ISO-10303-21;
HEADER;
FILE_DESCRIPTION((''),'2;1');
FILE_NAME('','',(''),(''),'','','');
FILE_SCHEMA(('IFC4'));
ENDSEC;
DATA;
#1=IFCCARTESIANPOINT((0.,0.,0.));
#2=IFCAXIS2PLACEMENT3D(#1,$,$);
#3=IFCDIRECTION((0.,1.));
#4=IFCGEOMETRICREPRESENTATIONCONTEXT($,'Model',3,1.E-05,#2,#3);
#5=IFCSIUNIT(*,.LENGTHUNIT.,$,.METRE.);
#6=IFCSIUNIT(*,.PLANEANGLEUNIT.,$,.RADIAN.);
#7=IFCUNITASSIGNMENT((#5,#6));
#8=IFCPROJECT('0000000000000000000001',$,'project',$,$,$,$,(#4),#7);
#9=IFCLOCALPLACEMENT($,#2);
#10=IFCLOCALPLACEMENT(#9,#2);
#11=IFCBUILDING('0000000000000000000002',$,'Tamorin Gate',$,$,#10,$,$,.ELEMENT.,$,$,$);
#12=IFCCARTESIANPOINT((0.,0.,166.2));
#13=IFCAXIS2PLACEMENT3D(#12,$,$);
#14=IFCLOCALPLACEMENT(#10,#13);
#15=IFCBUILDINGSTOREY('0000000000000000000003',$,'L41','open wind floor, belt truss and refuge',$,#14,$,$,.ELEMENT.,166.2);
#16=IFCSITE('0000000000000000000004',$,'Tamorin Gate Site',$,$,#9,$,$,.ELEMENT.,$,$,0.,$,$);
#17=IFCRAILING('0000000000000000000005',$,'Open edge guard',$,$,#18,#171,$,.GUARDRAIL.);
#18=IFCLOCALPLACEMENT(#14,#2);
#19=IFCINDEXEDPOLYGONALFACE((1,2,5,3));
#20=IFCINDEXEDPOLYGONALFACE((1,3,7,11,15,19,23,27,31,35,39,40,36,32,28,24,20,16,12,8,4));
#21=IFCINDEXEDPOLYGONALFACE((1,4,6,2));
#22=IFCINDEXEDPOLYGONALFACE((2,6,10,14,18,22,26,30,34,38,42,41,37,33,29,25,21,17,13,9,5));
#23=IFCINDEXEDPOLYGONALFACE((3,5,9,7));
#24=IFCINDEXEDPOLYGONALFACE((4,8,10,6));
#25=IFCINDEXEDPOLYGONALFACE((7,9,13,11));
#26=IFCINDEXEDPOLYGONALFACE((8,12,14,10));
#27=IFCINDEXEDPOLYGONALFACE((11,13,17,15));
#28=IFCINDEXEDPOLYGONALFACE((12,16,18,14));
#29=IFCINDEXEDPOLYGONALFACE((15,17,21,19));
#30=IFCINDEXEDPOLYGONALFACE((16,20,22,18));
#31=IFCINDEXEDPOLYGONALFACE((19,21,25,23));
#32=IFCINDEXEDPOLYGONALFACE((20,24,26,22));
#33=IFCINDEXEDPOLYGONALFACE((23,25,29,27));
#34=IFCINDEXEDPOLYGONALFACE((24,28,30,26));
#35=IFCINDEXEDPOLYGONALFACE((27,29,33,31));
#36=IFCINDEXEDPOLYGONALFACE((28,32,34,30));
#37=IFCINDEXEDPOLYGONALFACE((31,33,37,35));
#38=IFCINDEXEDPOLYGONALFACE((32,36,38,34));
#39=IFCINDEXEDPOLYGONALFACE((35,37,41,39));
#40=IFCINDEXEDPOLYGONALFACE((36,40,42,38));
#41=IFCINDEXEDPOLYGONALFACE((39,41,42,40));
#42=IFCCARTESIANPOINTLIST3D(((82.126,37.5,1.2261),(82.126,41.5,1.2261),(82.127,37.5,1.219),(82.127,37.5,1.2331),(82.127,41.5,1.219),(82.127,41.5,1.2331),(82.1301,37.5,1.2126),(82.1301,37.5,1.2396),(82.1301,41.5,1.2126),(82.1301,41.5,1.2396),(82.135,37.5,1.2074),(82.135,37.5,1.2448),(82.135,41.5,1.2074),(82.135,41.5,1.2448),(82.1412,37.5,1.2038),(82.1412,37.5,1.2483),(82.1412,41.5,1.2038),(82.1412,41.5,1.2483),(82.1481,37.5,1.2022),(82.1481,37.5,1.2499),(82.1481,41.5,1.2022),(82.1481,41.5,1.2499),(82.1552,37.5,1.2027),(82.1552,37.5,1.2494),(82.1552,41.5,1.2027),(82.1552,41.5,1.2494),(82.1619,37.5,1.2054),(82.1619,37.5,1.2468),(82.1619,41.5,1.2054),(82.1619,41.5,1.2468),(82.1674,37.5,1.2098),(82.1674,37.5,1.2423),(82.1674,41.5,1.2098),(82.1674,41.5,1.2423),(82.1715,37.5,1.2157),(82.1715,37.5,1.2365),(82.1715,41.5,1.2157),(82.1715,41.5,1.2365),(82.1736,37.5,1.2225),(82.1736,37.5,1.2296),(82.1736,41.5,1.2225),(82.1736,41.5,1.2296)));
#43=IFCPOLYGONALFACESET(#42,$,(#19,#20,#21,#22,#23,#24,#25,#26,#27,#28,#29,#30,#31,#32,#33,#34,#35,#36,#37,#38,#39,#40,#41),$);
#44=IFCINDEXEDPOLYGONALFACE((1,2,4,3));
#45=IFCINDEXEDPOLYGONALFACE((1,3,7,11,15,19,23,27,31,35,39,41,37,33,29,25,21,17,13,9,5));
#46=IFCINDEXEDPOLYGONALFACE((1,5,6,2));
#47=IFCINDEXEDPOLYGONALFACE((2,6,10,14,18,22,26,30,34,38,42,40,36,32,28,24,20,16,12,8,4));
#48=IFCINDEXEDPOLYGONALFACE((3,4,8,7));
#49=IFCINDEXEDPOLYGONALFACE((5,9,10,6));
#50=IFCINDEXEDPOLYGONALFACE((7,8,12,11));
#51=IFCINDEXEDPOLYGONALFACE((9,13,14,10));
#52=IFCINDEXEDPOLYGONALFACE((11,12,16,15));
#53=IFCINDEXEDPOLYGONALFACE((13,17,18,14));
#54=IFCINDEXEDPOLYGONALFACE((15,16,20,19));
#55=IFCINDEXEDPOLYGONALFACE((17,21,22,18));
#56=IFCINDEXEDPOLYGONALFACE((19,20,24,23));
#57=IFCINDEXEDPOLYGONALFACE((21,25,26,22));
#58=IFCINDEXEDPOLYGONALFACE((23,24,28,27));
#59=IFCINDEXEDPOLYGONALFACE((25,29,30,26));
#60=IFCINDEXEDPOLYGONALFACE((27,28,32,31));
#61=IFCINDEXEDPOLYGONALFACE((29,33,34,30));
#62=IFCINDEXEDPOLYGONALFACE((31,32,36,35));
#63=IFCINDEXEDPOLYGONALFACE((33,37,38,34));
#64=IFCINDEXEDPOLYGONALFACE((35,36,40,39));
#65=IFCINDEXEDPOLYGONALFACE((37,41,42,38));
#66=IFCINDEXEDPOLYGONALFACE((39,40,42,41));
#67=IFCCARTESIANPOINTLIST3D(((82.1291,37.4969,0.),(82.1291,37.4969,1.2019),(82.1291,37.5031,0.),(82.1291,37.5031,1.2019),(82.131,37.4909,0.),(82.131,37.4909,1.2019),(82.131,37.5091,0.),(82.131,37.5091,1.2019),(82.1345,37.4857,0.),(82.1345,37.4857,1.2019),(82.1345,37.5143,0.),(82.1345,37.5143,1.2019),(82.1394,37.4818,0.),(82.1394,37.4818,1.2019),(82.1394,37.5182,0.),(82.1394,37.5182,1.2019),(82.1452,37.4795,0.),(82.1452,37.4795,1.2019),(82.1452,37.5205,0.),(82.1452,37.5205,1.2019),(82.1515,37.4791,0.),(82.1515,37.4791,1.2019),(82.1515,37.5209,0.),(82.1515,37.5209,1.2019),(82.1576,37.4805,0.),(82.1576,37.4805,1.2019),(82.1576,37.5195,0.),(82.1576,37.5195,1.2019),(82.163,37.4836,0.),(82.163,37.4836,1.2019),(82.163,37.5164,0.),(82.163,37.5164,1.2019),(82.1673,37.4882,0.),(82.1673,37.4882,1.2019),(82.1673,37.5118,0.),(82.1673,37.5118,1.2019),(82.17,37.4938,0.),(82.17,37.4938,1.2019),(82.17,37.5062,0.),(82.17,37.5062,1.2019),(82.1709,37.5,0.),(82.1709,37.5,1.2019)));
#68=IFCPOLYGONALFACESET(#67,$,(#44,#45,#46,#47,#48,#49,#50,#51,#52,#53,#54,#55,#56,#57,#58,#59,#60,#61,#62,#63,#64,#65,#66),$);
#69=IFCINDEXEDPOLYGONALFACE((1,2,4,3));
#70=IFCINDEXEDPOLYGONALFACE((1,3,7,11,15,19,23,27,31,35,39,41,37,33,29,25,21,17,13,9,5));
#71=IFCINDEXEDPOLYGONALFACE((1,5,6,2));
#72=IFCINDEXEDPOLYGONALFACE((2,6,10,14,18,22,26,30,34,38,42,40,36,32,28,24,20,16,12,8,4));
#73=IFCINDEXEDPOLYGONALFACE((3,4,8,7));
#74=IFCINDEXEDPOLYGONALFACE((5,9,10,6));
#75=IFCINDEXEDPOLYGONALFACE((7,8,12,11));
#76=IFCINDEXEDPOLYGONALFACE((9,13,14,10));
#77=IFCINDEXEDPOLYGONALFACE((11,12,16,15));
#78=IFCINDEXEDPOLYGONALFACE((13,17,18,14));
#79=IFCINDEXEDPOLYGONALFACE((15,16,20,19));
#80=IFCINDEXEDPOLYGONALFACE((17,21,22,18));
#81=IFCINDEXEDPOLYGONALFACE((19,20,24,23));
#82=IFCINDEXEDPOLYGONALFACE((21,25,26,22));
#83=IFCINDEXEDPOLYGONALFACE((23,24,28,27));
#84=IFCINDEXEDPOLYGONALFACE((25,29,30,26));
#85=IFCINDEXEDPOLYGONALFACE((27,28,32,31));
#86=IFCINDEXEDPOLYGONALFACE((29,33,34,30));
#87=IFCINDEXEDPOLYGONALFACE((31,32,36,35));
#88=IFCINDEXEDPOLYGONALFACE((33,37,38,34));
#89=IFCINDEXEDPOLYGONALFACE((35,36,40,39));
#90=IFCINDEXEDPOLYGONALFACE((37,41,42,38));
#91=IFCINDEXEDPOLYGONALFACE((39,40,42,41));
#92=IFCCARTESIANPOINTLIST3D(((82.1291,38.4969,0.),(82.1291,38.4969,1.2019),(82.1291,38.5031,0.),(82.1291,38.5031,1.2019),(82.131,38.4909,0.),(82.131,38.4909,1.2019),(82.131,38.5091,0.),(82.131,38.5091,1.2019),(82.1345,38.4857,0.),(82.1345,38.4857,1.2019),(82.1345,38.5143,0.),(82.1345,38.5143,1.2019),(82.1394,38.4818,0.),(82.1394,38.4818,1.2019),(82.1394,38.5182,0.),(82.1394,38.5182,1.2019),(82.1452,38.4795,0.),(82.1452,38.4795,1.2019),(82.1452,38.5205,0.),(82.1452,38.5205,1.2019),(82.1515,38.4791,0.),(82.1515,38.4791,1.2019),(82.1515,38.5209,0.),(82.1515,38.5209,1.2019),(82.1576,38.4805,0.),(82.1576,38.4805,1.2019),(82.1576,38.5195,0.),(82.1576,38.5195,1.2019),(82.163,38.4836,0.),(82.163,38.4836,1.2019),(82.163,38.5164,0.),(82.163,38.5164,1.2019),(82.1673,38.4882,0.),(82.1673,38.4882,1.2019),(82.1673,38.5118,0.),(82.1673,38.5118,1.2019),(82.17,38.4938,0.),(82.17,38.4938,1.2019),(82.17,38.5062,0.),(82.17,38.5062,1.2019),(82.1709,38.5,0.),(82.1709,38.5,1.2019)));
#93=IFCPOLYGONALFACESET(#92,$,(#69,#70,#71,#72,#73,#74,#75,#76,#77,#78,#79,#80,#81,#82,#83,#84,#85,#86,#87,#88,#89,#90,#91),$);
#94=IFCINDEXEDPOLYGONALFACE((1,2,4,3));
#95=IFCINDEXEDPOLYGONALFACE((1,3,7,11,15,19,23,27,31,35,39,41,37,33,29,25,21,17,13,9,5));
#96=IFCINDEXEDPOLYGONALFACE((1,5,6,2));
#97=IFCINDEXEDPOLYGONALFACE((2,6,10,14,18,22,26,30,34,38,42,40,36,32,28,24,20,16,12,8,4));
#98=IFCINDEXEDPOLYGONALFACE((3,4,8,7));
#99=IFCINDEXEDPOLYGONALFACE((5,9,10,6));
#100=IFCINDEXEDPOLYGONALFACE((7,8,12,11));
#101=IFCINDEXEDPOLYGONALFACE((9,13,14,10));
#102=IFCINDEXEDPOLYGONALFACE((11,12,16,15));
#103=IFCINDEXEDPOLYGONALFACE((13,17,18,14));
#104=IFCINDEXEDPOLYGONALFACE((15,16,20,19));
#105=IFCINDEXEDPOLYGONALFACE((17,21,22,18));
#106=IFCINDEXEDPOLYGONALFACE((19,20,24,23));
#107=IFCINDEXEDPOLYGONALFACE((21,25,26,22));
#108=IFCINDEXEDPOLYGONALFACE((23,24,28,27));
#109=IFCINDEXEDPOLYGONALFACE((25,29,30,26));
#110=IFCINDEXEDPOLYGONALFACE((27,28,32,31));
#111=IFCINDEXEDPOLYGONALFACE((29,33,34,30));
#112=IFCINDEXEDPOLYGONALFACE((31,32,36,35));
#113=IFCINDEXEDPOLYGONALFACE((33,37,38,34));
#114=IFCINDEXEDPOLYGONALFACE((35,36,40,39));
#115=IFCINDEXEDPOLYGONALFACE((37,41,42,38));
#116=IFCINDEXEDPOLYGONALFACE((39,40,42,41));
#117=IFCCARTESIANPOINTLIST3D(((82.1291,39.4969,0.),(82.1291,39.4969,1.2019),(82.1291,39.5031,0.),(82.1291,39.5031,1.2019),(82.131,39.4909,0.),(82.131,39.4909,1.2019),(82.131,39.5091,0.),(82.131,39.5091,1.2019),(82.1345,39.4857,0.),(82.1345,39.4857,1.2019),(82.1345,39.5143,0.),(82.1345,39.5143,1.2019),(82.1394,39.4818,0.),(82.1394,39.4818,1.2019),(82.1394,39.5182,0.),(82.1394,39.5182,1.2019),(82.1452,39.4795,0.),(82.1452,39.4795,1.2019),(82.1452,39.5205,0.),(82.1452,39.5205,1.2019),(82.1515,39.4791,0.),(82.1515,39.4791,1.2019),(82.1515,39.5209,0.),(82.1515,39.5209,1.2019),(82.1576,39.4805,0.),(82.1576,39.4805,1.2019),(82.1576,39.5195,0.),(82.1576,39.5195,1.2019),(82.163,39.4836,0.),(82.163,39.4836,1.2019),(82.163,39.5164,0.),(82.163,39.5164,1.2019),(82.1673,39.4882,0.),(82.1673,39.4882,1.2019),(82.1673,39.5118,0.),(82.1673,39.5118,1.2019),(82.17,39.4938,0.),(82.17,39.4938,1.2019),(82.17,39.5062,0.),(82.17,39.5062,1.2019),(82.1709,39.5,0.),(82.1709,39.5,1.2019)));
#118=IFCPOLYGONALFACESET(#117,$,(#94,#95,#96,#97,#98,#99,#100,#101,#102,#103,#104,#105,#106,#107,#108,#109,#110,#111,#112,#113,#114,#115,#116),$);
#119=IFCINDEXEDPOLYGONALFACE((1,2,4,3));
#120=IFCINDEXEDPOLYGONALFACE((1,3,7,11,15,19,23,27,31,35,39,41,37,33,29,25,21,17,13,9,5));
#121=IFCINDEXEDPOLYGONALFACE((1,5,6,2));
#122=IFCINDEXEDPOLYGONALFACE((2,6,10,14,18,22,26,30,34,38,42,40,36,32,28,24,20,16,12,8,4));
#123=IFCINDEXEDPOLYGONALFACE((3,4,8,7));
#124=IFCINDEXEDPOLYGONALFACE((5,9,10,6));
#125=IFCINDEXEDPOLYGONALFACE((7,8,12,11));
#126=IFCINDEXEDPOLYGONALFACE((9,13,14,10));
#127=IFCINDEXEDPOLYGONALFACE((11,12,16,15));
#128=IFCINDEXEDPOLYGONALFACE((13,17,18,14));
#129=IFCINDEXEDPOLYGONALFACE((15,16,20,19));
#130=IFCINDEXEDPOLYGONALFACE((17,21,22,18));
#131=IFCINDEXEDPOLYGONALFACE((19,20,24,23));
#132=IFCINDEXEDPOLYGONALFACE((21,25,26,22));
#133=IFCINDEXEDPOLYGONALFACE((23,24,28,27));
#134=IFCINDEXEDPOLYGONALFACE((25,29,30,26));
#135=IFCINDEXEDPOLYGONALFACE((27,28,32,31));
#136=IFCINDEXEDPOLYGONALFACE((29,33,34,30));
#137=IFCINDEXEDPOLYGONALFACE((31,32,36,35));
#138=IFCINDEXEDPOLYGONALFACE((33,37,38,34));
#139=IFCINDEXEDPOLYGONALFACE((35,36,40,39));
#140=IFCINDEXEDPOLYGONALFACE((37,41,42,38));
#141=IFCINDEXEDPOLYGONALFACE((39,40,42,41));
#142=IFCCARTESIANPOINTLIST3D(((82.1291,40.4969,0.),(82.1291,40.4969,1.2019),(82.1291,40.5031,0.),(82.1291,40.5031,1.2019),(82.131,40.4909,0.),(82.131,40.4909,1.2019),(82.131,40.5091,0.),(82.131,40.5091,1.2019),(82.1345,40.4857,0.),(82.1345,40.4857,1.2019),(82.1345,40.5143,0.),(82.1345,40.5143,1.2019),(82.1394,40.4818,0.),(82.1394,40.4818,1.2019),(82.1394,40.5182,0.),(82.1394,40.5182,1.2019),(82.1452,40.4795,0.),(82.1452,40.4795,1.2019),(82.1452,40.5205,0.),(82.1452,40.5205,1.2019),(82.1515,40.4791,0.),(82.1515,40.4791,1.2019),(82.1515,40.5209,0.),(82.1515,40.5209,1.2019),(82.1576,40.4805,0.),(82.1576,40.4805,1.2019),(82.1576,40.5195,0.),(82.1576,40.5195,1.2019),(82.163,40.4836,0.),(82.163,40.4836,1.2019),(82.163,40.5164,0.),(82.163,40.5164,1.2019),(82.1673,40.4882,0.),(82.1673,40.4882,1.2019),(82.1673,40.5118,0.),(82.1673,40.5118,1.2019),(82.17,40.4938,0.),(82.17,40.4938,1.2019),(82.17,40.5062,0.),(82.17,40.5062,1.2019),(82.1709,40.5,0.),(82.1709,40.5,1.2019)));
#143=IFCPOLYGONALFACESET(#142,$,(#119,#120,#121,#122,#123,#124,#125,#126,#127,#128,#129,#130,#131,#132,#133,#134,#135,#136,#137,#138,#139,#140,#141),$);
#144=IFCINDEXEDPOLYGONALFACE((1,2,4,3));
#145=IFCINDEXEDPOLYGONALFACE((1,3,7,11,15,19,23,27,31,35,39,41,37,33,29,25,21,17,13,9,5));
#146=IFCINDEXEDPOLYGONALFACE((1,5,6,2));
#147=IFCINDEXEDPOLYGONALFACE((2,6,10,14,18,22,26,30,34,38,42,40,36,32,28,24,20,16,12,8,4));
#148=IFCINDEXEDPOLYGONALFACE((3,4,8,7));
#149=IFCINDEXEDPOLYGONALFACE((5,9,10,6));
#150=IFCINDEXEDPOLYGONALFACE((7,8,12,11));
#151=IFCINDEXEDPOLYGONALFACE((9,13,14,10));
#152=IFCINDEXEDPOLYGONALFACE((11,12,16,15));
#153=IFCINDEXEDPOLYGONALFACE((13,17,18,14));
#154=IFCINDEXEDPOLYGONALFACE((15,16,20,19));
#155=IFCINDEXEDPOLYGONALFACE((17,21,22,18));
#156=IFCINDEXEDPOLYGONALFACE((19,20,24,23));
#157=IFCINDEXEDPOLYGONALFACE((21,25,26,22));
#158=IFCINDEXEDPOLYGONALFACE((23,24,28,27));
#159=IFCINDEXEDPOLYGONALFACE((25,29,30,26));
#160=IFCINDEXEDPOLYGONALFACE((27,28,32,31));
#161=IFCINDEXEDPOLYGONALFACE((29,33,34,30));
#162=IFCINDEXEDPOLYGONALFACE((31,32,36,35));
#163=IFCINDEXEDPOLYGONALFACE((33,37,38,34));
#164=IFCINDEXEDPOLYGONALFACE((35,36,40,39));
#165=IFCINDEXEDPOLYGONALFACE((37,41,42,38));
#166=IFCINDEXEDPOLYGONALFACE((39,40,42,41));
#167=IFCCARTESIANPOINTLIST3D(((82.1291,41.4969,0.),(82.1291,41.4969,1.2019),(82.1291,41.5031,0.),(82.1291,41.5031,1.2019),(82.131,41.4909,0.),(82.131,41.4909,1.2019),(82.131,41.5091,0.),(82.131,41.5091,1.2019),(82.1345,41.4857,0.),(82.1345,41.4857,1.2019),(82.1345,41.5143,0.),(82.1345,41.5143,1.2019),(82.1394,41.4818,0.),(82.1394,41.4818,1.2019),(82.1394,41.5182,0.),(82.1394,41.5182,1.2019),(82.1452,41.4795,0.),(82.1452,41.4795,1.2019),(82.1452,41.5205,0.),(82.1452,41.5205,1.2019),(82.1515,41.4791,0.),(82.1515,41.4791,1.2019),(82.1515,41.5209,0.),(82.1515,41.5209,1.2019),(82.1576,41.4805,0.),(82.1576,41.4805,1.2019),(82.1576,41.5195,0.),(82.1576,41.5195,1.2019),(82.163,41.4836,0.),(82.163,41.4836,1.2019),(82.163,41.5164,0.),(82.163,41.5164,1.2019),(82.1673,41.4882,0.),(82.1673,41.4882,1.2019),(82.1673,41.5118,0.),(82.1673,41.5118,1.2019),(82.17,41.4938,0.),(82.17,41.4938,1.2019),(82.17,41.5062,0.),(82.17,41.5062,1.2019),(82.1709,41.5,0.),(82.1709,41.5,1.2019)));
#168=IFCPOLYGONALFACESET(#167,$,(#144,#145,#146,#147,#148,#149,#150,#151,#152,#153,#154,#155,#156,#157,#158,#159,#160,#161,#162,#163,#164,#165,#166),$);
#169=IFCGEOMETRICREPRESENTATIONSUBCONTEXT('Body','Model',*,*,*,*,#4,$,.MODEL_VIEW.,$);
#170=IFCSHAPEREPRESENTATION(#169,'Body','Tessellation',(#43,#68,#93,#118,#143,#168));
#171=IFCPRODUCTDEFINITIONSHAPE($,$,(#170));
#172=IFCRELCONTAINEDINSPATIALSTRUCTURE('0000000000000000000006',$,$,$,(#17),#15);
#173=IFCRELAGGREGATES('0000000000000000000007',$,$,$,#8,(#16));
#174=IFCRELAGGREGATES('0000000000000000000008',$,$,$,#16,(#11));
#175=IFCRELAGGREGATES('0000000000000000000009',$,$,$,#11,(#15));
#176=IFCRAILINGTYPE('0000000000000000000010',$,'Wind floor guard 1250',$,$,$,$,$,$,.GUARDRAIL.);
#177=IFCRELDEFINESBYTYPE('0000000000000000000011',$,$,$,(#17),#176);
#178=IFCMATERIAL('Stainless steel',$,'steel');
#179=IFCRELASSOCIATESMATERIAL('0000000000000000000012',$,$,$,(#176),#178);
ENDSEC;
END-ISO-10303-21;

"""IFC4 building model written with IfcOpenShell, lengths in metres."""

from ifc_helpers import new_model, si_unit, direction, frame, origin, origin_2d, place, context, subcontext, project, spatial, circle, extrude, material, type_object, element, save


model = new_model("IFC4")

# Units and contexts
model_context = context("Model", 3, precision=1e-05, world=origin(), true_north=direction((0.0, 1.0)))
body_context = subcontext(model_context, "Body", "Model", "MODEL_VIEW")
ifc_project = project(units=[si_unit("LENGTHUNIT", "METRE"), si_unit("PLANEANGLEUNIT", "RADIAN")], contexts=[model_context])

# Site, building, storey
site_placement = place(None, origin())
site = spatial("IfcSite", under=ifc_project, at=site_placement, Name="Tamorin Gate Site", CompositionType="ELEMENT", RefElevation=0.0)
building_placement = place(site_placement, origin())
building = spatial("IfcBuilding", under=site, at=building_placement, Name="Tamorin Gate", CompositionType="ELEMENT")
storey_placement = place(building_placement, frame((0.0, 0.0, 166.2)))
storey = spatial("IfcBuildingStorey", under=building, at=storey_placement, Name="L41", Description="open wind floor, belt truss and refuge", CompositionType="ELEMENT", Elevation=166.2)

# Railing
ifc_material_1 = material(Name="Stainless steel", Category="steel")
railing_type = type_object("IfcRailingType", Name="Wind floor guard 1250", PredefinedType="GUARDRAIL", material=ifc_material_1)
railing_1_placement = place(storey_placement, frame((82.1499, 37.5, 0.0)))
element("IfcRailing", 1, at=railing_1_placement, inside=storey, type_object=railing_type, Name="Open edge guard", PredefinedType="GUARDRAIL", context=body_context, shape_type="SweptSolid", body=[
    extrude(circle(Radius=0.0239, at=origin_2d()), frame((0.0, 0.0, 1.2261), z_axis=(0.0, 1.0, 0.0), x_axis=(-1.0, 0.0, 0.0)), (0.0, 0.0, 1.0), 4.0),
    extrude(circle(Radius=0.021, at=origin_2d()), origin(), (0.0, 0.0, 1.0), 1.2019),
    extrude(circle(Radius=0.021, at=origin_2d()), frame((0.0, 1.0, 0.0)), (0.0, 0.0, 1.0), 1.2019),
    extrude(circle(Radius=0.021, at=origin_2d()), frame((0.0, 2.0, 0.0)), (0.0, 0.0, 1.0), 1.2019),
    extrude(circle(Radius=0.021, at=origin_2d()), frame((0.0, 3.0, 0.0)), (0.0, 0.0, 1.0), 1.2019),
    extrude(circle(Radius=0.021, at=origin_2d()), frame((0.0, 4.0, 0.0)), (0.0, 0.0, 1.0), 1.2019),
])

save(model, "model.ifc")
